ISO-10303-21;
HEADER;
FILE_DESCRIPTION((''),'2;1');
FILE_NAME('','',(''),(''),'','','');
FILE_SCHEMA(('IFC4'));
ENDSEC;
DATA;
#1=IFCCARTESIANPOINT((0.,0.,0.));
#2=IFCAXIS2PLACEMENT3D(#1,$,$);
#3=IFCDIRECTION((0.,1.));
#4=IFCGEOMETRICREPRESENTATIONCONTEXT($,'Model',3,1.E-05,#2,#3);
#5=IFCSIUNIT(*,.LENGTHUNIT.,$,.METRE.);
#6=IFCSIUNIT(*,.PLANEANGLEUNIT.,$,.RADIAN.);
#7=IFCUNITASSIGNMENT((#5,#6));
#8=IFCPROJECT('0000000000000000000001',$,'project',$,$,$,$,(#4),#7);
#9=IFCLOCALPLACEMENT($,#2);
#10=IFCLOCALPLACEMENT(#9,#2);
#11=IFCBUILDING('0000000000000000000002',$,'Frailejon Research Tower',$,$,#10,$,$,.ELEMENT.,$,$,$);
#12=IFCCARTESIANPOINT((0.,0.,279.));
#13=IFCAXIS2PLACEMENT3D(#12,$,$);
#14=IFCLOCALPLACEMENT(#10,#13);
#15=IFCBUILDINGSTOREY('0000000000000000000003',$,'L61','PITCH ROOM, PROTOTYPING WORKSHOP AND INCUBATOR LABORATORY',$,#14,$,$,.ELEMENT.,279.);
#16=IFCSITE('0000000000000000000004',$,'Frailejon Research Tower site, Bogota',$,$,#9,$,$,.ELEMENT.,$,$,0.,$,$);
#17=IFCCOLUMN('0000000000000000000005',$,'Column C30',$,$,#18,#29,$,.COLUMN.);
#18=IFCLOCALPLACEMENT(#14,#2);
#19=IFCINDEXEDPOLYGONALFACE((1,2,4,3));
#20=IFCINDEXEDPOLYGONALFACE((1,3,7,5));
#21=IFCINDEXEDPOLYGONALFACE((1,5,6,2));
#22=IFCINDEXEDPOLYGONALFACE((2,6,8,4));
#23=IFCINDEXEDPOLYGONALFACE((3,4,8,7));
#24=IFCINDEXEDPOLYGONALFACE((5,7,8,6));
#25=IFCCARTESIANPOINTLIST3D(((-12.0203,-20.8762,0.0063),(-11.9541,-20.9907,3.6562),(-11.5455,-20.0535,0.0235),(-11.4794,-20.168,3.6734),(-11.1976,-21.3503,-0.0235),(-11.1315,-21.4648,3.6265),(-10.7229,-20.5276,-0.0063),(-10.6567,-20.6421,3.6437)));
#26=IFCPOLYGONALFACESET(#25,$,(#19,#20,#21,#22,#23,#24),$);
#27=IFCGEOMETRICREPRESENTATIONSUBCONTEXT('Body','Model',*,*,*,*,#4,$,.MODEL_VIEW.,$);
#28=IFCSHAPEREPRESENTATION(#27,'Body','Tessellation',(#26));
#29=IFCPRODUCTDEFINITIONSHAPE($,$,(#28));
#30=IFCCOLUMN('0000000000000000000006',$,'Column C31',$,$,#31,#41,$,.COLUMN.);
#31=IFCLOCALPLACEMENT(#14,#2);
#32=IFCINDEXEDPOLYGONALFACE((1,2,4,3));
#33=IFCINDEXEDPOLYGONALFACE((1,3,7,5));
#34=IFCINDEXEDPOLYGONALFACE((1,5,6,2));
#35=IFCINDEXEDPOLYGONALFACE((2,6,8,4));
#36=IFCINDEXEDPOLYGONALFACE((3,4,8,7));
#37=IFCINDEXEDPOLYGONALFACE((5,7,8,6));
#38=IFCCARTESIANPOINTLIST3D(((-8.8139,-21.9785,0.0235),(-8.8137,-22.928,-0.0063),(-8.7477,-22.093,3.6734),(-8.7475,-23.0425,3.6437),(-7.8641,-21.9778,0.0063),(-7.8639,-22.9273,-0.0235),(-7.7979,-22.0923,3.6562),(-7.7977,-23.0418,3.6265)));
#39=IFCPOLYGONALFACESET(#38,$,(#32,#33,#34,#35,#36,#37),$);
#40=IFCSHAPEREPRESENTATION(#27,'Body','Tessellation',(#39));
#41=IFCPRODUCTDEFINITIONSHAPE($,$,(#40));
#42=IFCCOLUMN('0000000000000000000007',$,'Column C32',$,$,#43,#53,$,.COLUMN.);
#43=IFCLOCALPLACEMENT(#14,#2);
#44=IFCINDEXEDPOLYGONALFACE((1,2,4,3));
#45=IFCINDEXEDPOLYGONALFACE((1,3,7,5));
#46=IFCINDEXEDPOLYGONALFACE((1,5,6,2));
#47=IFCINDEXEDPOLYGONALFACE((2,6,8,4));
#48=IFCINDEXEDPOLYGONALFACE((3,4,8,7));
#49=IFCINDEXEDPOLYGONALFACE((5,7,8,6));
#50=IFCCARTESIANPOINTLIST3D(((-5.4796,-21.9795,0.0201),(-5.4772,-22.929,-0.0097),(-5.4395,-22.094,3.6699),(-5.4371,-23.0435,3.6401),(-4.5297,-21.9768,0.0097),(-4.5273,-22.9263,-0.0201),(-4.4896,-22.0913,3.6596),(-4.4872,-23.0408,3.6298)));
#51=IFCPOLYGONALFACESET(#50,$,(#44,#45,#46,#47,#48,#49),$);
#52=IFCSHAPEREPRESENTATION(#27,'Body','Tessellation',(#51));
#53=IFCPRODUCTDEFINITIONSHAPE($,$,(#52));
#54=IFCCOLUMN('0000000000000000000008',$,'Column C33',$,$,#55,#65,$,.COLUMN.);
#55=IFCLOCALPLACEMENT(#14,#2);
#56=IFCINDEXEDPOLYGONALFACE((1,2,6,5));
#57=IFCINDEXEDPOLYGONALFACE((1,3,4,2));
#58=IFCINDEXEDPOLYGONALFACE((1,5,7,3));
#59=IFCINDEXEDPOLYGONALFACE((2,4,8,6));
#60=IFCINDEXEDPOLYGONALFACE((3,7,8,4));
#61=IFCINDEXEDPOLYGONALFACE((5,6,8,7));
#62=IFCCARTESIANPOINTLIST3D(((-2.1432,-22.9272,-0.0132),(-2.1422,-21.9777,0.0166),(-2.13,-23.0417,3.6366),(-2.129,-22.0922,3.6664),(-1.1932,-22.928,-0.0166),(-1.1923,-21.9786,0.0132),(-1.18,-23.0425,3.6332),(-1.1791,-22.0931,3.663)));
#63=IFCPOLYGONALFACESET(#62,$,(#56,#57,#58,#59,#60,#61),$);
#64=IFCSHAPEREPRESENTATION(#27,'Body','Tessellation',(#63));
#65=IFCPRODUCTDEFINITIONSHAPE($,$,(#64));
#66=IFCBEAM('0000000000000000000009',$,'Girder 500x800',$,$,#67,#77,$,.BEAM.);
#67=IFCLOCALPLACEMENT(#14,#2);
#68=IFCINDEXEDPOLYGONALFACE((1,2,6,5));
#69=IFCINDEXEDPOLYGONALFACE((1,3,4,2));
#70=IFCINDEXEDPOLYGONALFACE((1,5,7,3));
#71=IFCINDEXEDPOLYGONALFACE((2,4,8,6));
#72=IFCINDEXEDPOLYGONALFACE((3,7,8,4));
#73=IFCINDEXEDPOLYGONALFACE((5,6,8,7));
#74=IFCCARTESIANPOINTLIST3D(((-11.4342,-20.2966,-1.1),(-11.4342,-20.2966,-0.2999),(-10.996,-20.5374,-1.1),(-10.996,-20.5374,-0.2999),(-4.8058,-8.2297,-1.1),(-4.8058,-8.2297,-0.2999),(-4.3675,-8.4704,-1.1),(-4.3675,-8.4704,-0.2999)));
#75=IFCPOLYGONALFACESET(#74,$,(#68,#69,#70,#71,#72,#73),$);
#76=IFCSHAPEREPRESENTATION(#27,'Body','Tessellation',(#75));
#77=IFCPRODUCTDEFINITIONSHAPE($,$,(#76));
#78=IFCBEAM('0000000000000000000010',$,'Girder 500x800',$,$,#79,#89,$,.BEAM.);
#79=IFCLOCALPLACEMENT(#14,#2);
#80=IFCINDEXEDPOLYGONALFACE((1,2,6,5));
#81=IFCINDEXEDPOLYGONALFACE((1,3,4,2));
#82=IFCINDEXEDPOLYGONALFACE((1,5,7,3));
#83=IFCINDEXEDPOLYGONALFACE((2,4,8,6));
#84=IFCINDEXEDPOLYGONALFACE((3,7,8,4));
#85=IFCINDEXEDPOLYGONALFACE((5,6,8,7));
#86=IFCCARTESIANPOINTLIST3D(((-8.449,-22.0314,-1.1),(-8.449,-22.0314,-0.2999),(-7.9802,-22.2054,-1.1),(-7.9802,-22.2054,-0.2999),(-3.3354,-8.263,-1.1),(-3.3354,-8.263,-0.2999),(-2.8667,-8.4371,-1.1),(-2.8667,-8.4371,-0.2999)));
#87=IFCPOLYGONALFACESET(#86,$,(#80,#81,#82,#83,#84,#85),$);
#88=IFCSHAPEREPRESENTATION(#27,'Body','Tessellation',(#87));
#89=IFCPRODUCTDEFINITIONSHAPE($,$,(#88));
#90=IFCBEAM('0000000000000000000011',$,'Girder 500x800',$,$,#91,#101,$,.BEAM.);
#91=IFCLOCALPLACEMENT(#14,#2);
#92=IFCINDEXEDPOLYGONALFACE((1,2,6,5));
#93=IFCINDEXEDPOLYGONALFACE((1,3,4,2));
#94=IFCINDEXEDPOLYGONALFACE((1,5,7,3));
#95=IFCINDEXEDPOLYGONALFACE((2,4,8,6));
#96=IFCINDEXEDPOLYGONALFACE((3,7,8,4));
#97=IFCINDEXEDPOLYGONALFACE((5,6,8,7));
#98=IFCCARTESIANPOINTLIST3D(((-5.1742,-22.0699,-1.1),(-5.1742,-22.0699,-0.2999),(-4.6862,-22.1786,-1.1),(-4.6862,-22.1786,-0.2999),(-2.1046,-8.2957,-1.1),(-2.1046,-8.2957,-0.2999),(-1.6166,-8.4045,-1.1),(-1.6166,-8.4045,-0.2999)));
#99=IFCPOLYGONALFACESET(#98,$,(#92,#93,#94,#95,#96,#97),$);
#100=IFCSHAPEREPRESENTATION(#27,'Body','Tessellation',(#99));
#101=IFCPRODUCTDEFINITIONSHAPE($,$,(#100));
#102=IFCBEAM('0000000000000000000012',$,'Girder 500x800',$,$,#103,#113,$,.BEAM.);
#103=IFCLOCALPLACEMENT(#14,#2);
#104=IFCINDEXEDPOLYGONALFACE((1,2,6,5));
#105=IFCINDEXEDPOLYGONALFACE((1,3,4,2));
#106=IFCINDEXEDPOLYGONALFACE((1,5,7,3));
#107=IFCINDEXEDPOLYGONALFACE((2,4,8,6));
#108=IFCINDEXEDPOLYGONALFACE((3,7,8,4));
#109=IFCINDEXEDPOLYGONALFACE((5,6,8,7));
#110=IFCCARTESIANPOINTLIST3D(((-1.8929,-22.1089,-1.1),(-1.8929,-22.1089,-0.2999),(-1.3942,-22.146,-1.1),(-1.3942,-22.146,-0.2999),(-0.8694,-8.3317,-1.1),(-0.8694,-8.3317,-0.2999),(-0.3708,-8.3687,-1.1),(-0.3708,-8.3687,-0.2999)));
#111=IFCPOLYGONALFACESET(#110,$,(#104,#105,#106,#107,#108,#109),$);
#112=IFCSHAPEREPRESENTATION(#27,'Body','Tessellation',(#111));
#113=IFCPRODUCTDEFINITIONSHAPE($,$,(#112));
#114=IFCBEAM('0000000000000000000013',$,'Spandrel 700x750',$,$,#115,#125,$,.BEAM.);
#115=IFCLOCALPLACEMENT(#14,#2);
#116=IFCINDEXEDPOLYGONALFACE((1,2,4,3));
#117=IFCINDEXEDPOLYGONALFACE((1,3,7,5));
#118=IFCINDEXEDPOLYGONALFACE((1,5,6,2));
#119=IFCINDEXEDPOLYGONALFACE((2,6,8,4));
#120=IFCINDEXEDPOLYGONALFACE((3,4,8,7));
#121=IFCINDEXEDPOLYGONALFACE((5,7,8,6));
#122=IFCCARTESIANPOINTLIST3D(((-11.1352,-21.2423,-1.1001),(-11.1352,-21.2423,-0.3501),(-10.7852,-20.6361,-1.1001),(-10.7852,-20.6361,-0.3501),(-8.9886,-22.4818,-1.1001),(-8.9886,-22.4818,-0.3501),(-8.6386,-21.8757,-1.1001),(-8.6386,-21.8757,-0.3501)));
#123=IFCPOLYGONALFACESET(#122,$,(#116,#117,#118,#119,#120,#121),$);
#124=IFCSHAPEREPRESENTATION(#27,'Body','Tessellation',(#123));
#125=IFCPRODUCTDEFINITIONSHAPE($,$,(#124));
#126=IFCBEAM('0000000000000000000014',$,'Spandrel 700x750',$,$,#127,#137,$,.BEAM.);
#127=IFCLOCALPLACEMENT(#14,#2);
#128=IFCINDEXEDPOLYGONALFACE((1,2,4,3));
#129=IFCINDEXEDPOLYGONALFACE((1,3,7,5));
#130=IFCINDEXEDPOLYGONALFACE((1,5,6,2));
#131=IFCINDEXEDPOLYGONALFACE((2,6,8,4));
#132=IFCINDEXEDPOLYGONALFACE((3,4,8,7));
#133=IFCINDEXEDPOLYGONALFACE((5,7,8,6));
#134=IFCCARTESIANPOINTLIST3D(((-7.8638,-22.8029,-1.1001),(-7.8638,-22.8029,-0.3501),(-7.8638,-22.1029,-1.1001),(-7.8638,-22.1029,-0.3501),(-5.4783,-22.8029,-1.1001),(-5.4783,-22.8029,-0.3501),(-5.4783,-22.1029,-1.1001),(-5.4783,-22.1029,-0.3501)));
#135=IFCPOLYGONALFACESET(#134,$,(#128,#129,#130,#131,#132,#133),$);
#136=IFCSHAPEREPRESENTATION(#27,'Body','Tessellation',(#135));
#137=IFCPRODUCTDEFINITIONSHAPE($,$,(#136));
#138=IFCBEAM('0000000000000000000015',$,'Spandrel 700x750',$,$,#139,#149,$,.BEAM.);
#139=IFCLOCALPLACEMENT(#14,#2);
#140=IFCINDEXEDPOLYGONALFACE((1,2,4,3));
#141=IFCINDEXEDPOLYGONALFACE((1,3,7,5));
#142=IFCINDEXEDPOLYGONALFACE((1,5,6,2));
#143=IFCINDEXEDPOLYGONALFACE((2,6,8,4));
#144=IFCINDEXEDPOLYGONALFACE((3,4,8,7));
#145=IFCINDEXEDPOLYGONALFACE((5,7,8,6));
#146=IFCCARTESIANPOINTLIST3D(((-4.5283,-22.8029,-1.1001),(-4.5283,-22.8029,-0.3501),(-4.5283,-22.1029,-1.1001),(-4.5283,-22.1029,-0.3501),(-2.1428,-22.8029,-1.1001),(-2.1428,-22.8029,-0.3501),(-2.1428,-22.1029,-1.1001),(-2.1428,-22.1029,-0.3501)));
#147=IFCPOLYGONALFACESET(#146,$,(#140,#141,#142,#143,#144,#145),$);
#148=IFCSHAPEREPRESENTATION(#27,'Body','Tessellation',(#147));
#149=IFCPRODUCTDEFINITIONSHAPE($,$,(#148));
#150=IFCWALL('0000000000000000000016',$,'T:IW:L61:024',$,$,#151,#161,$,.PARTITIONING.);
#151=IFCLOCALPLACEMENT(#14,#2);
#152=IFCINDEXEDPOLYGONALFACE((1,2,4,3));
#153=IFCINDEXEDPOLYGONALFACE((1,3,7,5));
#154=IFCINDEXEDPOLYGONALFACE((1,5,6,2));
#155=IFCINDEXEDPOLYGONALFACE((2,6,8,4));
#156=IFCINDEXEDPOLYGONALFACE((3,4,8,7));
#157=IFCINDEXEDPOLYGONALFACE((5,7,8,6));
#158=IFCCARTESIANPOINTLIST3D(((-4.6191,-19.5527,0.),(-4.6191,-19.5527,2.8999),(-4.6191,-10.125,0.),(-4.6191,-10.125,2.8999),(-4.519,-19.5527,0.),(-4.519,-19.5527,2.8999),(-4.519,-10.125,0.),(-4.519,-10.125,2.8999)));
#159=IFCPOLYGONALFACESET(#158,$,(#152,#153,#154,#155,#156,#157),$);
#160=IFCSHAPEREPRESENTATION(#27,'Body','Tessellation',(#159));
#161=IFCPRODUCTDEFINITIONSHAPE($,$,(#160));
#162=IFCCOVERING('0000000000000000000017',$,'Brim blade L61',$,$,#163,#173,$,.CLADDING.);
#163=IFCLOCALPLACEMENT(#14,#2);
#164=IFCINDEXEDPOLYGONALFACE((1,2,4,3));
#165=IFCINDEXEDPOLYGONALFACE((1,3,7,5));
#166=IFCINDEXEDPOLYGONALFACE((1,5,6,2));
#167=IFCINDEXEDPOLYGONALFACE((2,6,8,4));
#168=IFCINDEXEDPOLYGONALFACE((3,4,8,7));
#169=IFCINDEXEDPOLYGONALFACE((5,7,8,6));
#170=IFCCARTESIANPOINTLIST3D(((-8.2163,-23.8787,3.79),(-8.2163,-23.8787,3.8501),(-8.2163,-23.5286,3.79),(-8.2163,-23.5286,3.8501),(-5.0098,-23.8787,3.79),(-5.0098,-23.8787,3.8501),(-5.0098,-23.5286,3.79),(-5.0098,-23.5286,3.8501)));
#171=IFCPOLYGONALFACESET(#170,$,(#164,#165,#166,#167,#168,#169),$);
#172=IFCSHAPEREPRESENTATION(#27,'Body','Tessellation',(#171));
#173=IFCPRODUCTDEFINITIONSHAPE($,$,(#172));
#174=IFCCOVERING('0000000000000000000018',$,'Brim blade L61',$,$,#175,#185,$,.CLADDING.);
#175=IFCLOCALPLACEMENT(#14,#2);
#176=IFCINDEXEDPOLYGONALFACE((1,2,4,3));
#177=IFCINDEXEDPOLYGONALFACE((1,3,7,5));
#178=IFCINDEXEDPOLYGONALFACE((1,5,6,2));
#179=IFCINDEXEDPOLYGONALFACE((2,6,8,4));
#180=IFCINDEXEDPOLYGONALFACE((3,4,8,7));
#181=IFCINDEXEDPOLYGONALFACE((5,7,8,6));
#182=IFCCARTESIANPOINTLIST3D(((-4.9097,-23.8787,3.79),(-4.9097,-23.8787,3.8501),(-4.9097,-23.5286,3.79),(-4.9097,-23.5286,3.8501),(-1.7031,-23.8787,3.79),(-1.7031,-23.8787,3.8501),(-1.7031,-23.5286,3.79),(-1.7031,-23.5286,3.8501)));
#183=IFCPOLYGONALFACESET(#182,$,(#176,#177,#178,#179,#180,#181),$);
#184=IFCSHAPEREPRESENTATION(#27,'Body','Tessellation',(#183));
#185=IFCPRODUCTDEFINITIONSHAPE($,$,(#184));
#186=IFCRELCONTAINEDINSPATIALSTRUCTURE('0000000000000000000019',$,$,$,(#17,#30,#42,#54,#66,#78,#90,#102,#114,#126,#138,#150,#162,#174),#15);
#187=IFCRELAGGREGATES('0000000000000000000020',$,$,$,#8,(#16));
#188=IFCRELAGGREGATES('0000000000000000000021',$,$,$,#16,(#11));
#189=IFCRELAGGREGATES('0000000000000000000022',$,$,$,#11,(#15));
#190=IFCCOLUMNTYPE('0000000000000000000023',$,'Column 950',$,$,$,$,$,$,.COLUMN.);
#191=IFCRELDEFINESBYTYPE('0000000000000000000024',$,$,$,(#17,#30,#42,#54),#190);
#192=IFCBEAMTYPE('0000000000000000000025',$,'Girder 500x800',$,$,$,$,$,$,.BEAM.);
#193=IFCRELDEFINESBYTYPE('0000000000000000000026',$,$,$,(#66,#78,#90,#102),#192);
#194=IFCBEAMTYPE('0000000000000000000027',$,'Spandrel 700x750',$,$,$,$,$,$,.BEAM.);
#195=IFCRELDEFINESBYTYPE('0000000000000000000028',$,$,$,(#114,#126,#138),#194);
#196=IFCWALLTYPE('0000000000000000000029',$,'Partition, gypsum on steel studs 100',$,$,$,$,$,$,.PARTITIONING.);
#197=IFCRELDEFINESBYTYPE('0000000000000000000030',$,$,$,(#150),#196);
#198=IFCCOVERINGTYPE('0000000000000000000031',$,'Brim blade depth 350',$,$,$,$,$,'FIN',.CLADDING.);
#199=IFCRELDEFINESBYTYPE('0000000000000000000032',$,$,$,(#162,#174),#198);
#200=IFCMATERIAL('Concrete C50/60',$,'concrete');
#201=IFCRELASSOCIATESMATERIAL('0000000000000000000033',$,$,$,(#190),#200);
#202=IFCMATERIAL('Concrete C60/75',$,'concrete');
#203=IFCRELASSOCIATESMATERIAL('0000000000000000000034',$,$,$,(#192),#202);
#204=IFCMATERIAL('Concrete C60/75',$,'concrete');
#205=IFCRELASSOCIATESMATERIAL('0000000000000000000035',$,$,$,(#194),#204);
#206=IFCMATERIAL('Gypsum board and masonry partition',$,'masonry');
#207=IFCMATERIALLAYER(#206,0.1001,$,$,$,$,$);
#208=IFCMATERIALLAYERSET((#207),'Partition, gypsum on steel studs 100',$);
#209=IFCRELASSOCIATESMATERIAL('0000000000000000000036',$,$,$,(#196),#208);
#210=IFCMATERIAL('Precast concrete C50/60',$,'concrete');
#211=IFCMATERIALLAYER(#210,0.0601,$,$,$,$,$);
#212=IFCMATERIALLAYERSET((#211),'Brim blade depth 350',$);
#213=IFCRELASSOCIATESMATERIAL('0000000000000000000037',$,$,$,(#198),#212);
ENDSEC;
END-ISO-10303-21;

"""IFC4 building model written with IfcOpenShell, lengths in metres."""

from ifc_helpers import new_model, si_unit, direction, frame, frame_2d, origin, origin_2d, place, context, subcontext, project, spatial, polyline, rectangle, outline, extrude, material, layer, layer_set, material_profile, profile_set, type_object, element, save


model = new_model("IFC4")

# Units and contexts
model_context = context("Model", 3, precision=1e-05, world=origin(), true_north=direction((0.0, 1.0)))
body_context = subcontext(model_context, "Body", "Model", "MODEL_VIEW")
ifc_project = project(units=[si_unit("LENGTHUNIT", "METRE"), si_unit("PLANEANGLEUNIT", "RADIAN")], contexts=[model_context])

# Site, building, storey
site_placement = place(None, origin())
site = spatial("IfcSite", under=ifc_project, at=site_placement, Name="Frailejon Research Tower site, Bogota", CompositionType="ELEMENT", RefElevation=0.0)
building_placement = place(site_placement, origin())
building = spatial("IfcBuilding", under=site, at=building_placement, Name="Frailejon Research Tower", CompositionType="ELEMENT")
storey_placement = place(building_placement, frame((0.0, 0.0, 279.0)))
storey = spatial("IfcBuildingStorey", under=building, at=storey_placement, Name="L61", Description="PITCH ROOM, PROTOTYPING WORKSHOP AND INCUBATOR LABORATORY", CompositionType="ELEMENT", Elevation=279.0)

# Columns
ifc_material_1 = material(Name="Concrete C50/60", Category="concrete")
ifc_material_profile_1 = material_profile(ifc_material_1, rectangle(XDim=0.95, YDim=0.95, at=origin_2d()), Name="Column 950")
ifc_profile_set_1 = profile_set([ifc_material_profile_1], Name="Concrete C50/60")
column_type = type_object("IfcColumnType", Name="Column 950", PredefinedType="COLUMN", material=ifc_profile_set_1)
for number, where, z_axis, x_axis, name in (
    (1, (-11.3716, -20.7019, 0.0), (0.018115, -0.031351, 0.999344), (0.865981, -0.499093, -0.031355), "Column C30"),
    (2, (-8.3389, -22.4529, 0.0), (0.018115, -0.031351, 0.999344), (0.999836, 0.000764, -0.0181), "Column C31"),
):
    element("IfcColumn", number, at=place(storey_placement, frame(where, z_axis=z_axis, x_axis=x_axis)), inside=storey, type_object=column_type, Name=name, PredefinedType="COLUMN", context=body_context, shape_type="SweptSolid", body=[
        extrude(rectangle(XDim=0.95, YDim=0.95, at=origin_2d()), origin(), (0.0, 0.0, 1.0), 3.6523),
    ])
column_1_placement = place(storey_placement, frame((-5.0034, -22.4529, 0.0), z_axis=(0.010964, -0.031354, 0.999448), x_axis=(0.999937, 0.002859, -0.01088)))
element("IfcColumn", 3, at=column_1_placement, inside=storey, type_object=column_type, Name="Column C32", PredefinedType="COLUMN", context=body_context, shape_type="SweptSolid", body=[
    extrude(rectangle(XDim=0.95, YDim=0.95, at=origin_2d()), origin(), (0.0, 0.0, 1.0), 3.6519),
])
column_2_placement = place(storey_placement, frame((-1.6677, -22.4529, 0.0), z_axis=(0.00361, -0.031356, 0.999502), x_axis=(0.999993, -0.000883, -0.00364)))
element("IfcColumn", 4, at=column_2_placement, inside=storey, type_object=column_type, Name="Column C33", PredefinedType="COLUMN", context=body_context, shape_type="SweptSolid", body=[
    extrude(rectangle(XDim=0.95, YDim=0.95, at=origin_2d()), origin(), (0.0, 0.0, 1.0), 3.6516),
])

# Beams
ifc_material_2 = material(Name="Concrete C60/75", Category="concrete")
ifc_material_profile_2 = material_profile(ifc_material_2, rectangle(XDim=0.5, YDim=0.8, at=origin_2d()), Name="Girder 500x800")
ifc_profile_set_2 = profile_set([ifc_material_profile_2], Name="Concrete C60/75")
beam_type_1 = type_object("IfcBeamType", Name="Girder 500x800", PredefinedType="BEAM", material=ifc_profile_set_2)
beam_1_placement = place(storey_placement, frame((-11.2151, -20.417, -0.7), z_axis=(0.481452, 0.876473, 0.0), x_axis=(-0.876473, 0.481452, 0.0)))
element("IfcBeam", 5, at=beam_1_placement, inside=storey, type_object=beam_type_1, Name="Girder 500x800", PredefinedType="BEAM", context=body_context, shape_type="SweptSolid", body=[
    extrude(rectangle(XDim=0.5, YDim=0.8, at=origin_2d()), origin(), (0.0, 0.0, 1.0), 13.7676),
])
beam_2_placement = place(storey_placement, frame((-8.2146, -22.1184, -0.7), z_axis=(0.348161, 0.937435, 0.0), x_axis=(-0.937435, 0.348161, 0.0)))
element("IfcBeam", 6, at=beam_2_placement, inside=storey, type_object=beam_type_1, Name="Girder 500x800", PredefinedType="BEAM", context=body_context, shape_type="SweptSolid", body=[
    extrude(rectangle(XDim=0.5, YDim=0.8, at=origin_2d()), origin(), (0.0, 0.0, 1.0), 14.6873),
])
beam_3_placement = place(storey_placement, frame((-4.9302, -22.1243, -0.7), z_axis=(0.217515, 0.976057, 0.0), x_axis=(-0.976057, 0.217515, 0.0)))
element("IfcBeam", 7, at=beam_3_placement, inside=storey, type_object=beam_type_1, Name="Girder 500x800", PredefinedType="BEAM", context=body_context, shape_type="SweptSolid", body=[
    extrude(rectangle(XDim=0.5, YDim=0.8, at=origin_2d()), origin(), (0.0, 0.0, 1.0), 14.1121),
])
beam_4_placement = place(storey_placement, frame((-1.6436, -22.1274, -0.7), z_axis=(0.07408, 0.997252, 0.0), x_axis=(-0.997252, 0.07408, 0.0)))
element("IfcBeam", 8, at=beam_4_placement, inside=storey, type_object=beam_type_1, Name="Girder 500x800", PredefinedType="BEAM", context=body_context, shape_type="SweptSolid", body=[
    extrude(rectangle(XDim=0.5, YDim=0.8, at=origin_2d()), origin(), (0.0, 0.0, 1.0), 13.8152),
])
ifc_material_3 = material(Name="Concrete C60/75", Category="concrete")
ifc_material_profile_3 = material_profile(ifc_material_3, rectangle(XDim=0.7, YDim=0.75, at=origin_2d()), Name="Spandrel 700x750")
ifc_profile_set_3 = profile_set([ifc_material_profile_3], Name="Concrete C60/75")
beam_type_2 = type_object("IfcBeamType", Name="Spandrel 700x750", PredefinedType="BEAM", material=ifc_profile_set_3)
beam_5_placement = place(storey_placement, frame((-10.9602, -20.9392, -0.7251), z_axis=(0.865985, -0.500069, 0.0), x_axis=(0.500069, 0.865985, 0.0)))
element("IfcBeam", 9, at=beam_5_placement, inside=storey, type_object=beam_type_2, Name="Spandrel 700x750", PredefinedType="BEAM", context=body_context, shape_type="SweptSolid", body=[
    extrude(rectangle(XDim=0.7, YDim=0.75, at=origin_2d()), origin(), (0.0, 0.0, 1.0), 2.4788),
])
for number, where, z_axis, x_axis, name in (
    (10, (-7.8638, -22.4529, -0.7251), (1.0, 0.0, 0.0), (0.0, 1.0, 0.0), "Spandrel 700x750"),
    (11, (-4.5283, -22.4529, -0.7251), (1.0, 0.0, 0.0), (0.0, 1.0, 0.0), "Spandrel 700x750"),
):
    element("IfcBeam", number, at=place(storey_placement, frame(where, z_axis=z_axis, x_axis=x_axis)), inside=storey, type_object=beam_type_2, Name=name, PredefinedType="BEAM", context=body_context, shape_type="SweptSolid", body=[
        extrude(rectangle(XDim=0.7, YDim=0.75, at=origin_2d()), origin(), (0.0, 0.0, 1.0), 2.3855),
    ])

# Wall
ifc_material_4 = material(Name="Gypsum board and masonry partition", Category="masonry")
ifc_layer_1 = layer(ifc_material_4, 0.1001)
ifc_layer_set_1 = layer_set([ifc_layer_1], Name="Partition, gypsum on steel studs 100")
wall_type_1 = type_object("IfcWallType", Name="Partition, gypsum on steel studs 100", PredefinedType="PARTITIONING", material=ifc_layer_set_1)
wall_1_placement = place(storey_placement, frame((-4.5691, -19.5527, 0.0), z_axis=(0.0, 0.0, 1.0), x_axis=(0.0, 1.0, 0.0)))
element("IfcWall", 12, at=wall_1_placement, inside=storey, type_object=wall_type_1, Name="T:IW:L61:024", PredefinedType="PARTITIONING", context=body_context, shape_type="SweptSolid", body=[
    extrude(rectangle(XDim=9.4277, YDim=0.1001, at=frame_2d((4.7139, 0.0))), origin(), (0.0, 0.0, 1.0), 2.8999),
])

# Coverings
ifc_material_5 = material(Name="Precast concrete C50/60", Category="concrete")
ifc_layer_2 = layer(ifc_material_5, 0.0601)
ifc_layer_set_2 = layer_set([ifc_layer_2], Name="Brim blade depth 350")
covering_type_1 = type_object("IfcCoveringType", Name="Brim blade depth 350", ElementType="FIN", PredefinedType="CLADDING", material=ifc_layer_set_2)
for number, where, z_axis, x_axis, name in (
    (13, (-5.0098, -23.5286, 3.8501), (-1.0, 0.0, 0.0), (0.0, -1.0, 0.0), "Brim blade L61"),
    (14, (-1.7031, -23.5286, 3.8501), (-1.0, 0.0, 0.0), (0.0, -1.0, 0.0), "Brim blade L61"),
):
    element("IfcCovering", number, at=place(storey_placement, frame(where, z_axis=z_axis, x_axis=x_axis)), inside=storey, type_object=covering_type_1, Name=name, PredefinedType="CLADDING", context=body_context, shape_type="SweptSolid", body=[
        extrude(outline(polyline([(0.0, -0.0601), (0.3501, -0.0601), (0.3501, 0.0), (0.0, 0.0), (0.0, -0.0601)])), origin(), (0.0, 0.0, 1.0), 3.2065),
    ])

save(model, "model.ifc")
